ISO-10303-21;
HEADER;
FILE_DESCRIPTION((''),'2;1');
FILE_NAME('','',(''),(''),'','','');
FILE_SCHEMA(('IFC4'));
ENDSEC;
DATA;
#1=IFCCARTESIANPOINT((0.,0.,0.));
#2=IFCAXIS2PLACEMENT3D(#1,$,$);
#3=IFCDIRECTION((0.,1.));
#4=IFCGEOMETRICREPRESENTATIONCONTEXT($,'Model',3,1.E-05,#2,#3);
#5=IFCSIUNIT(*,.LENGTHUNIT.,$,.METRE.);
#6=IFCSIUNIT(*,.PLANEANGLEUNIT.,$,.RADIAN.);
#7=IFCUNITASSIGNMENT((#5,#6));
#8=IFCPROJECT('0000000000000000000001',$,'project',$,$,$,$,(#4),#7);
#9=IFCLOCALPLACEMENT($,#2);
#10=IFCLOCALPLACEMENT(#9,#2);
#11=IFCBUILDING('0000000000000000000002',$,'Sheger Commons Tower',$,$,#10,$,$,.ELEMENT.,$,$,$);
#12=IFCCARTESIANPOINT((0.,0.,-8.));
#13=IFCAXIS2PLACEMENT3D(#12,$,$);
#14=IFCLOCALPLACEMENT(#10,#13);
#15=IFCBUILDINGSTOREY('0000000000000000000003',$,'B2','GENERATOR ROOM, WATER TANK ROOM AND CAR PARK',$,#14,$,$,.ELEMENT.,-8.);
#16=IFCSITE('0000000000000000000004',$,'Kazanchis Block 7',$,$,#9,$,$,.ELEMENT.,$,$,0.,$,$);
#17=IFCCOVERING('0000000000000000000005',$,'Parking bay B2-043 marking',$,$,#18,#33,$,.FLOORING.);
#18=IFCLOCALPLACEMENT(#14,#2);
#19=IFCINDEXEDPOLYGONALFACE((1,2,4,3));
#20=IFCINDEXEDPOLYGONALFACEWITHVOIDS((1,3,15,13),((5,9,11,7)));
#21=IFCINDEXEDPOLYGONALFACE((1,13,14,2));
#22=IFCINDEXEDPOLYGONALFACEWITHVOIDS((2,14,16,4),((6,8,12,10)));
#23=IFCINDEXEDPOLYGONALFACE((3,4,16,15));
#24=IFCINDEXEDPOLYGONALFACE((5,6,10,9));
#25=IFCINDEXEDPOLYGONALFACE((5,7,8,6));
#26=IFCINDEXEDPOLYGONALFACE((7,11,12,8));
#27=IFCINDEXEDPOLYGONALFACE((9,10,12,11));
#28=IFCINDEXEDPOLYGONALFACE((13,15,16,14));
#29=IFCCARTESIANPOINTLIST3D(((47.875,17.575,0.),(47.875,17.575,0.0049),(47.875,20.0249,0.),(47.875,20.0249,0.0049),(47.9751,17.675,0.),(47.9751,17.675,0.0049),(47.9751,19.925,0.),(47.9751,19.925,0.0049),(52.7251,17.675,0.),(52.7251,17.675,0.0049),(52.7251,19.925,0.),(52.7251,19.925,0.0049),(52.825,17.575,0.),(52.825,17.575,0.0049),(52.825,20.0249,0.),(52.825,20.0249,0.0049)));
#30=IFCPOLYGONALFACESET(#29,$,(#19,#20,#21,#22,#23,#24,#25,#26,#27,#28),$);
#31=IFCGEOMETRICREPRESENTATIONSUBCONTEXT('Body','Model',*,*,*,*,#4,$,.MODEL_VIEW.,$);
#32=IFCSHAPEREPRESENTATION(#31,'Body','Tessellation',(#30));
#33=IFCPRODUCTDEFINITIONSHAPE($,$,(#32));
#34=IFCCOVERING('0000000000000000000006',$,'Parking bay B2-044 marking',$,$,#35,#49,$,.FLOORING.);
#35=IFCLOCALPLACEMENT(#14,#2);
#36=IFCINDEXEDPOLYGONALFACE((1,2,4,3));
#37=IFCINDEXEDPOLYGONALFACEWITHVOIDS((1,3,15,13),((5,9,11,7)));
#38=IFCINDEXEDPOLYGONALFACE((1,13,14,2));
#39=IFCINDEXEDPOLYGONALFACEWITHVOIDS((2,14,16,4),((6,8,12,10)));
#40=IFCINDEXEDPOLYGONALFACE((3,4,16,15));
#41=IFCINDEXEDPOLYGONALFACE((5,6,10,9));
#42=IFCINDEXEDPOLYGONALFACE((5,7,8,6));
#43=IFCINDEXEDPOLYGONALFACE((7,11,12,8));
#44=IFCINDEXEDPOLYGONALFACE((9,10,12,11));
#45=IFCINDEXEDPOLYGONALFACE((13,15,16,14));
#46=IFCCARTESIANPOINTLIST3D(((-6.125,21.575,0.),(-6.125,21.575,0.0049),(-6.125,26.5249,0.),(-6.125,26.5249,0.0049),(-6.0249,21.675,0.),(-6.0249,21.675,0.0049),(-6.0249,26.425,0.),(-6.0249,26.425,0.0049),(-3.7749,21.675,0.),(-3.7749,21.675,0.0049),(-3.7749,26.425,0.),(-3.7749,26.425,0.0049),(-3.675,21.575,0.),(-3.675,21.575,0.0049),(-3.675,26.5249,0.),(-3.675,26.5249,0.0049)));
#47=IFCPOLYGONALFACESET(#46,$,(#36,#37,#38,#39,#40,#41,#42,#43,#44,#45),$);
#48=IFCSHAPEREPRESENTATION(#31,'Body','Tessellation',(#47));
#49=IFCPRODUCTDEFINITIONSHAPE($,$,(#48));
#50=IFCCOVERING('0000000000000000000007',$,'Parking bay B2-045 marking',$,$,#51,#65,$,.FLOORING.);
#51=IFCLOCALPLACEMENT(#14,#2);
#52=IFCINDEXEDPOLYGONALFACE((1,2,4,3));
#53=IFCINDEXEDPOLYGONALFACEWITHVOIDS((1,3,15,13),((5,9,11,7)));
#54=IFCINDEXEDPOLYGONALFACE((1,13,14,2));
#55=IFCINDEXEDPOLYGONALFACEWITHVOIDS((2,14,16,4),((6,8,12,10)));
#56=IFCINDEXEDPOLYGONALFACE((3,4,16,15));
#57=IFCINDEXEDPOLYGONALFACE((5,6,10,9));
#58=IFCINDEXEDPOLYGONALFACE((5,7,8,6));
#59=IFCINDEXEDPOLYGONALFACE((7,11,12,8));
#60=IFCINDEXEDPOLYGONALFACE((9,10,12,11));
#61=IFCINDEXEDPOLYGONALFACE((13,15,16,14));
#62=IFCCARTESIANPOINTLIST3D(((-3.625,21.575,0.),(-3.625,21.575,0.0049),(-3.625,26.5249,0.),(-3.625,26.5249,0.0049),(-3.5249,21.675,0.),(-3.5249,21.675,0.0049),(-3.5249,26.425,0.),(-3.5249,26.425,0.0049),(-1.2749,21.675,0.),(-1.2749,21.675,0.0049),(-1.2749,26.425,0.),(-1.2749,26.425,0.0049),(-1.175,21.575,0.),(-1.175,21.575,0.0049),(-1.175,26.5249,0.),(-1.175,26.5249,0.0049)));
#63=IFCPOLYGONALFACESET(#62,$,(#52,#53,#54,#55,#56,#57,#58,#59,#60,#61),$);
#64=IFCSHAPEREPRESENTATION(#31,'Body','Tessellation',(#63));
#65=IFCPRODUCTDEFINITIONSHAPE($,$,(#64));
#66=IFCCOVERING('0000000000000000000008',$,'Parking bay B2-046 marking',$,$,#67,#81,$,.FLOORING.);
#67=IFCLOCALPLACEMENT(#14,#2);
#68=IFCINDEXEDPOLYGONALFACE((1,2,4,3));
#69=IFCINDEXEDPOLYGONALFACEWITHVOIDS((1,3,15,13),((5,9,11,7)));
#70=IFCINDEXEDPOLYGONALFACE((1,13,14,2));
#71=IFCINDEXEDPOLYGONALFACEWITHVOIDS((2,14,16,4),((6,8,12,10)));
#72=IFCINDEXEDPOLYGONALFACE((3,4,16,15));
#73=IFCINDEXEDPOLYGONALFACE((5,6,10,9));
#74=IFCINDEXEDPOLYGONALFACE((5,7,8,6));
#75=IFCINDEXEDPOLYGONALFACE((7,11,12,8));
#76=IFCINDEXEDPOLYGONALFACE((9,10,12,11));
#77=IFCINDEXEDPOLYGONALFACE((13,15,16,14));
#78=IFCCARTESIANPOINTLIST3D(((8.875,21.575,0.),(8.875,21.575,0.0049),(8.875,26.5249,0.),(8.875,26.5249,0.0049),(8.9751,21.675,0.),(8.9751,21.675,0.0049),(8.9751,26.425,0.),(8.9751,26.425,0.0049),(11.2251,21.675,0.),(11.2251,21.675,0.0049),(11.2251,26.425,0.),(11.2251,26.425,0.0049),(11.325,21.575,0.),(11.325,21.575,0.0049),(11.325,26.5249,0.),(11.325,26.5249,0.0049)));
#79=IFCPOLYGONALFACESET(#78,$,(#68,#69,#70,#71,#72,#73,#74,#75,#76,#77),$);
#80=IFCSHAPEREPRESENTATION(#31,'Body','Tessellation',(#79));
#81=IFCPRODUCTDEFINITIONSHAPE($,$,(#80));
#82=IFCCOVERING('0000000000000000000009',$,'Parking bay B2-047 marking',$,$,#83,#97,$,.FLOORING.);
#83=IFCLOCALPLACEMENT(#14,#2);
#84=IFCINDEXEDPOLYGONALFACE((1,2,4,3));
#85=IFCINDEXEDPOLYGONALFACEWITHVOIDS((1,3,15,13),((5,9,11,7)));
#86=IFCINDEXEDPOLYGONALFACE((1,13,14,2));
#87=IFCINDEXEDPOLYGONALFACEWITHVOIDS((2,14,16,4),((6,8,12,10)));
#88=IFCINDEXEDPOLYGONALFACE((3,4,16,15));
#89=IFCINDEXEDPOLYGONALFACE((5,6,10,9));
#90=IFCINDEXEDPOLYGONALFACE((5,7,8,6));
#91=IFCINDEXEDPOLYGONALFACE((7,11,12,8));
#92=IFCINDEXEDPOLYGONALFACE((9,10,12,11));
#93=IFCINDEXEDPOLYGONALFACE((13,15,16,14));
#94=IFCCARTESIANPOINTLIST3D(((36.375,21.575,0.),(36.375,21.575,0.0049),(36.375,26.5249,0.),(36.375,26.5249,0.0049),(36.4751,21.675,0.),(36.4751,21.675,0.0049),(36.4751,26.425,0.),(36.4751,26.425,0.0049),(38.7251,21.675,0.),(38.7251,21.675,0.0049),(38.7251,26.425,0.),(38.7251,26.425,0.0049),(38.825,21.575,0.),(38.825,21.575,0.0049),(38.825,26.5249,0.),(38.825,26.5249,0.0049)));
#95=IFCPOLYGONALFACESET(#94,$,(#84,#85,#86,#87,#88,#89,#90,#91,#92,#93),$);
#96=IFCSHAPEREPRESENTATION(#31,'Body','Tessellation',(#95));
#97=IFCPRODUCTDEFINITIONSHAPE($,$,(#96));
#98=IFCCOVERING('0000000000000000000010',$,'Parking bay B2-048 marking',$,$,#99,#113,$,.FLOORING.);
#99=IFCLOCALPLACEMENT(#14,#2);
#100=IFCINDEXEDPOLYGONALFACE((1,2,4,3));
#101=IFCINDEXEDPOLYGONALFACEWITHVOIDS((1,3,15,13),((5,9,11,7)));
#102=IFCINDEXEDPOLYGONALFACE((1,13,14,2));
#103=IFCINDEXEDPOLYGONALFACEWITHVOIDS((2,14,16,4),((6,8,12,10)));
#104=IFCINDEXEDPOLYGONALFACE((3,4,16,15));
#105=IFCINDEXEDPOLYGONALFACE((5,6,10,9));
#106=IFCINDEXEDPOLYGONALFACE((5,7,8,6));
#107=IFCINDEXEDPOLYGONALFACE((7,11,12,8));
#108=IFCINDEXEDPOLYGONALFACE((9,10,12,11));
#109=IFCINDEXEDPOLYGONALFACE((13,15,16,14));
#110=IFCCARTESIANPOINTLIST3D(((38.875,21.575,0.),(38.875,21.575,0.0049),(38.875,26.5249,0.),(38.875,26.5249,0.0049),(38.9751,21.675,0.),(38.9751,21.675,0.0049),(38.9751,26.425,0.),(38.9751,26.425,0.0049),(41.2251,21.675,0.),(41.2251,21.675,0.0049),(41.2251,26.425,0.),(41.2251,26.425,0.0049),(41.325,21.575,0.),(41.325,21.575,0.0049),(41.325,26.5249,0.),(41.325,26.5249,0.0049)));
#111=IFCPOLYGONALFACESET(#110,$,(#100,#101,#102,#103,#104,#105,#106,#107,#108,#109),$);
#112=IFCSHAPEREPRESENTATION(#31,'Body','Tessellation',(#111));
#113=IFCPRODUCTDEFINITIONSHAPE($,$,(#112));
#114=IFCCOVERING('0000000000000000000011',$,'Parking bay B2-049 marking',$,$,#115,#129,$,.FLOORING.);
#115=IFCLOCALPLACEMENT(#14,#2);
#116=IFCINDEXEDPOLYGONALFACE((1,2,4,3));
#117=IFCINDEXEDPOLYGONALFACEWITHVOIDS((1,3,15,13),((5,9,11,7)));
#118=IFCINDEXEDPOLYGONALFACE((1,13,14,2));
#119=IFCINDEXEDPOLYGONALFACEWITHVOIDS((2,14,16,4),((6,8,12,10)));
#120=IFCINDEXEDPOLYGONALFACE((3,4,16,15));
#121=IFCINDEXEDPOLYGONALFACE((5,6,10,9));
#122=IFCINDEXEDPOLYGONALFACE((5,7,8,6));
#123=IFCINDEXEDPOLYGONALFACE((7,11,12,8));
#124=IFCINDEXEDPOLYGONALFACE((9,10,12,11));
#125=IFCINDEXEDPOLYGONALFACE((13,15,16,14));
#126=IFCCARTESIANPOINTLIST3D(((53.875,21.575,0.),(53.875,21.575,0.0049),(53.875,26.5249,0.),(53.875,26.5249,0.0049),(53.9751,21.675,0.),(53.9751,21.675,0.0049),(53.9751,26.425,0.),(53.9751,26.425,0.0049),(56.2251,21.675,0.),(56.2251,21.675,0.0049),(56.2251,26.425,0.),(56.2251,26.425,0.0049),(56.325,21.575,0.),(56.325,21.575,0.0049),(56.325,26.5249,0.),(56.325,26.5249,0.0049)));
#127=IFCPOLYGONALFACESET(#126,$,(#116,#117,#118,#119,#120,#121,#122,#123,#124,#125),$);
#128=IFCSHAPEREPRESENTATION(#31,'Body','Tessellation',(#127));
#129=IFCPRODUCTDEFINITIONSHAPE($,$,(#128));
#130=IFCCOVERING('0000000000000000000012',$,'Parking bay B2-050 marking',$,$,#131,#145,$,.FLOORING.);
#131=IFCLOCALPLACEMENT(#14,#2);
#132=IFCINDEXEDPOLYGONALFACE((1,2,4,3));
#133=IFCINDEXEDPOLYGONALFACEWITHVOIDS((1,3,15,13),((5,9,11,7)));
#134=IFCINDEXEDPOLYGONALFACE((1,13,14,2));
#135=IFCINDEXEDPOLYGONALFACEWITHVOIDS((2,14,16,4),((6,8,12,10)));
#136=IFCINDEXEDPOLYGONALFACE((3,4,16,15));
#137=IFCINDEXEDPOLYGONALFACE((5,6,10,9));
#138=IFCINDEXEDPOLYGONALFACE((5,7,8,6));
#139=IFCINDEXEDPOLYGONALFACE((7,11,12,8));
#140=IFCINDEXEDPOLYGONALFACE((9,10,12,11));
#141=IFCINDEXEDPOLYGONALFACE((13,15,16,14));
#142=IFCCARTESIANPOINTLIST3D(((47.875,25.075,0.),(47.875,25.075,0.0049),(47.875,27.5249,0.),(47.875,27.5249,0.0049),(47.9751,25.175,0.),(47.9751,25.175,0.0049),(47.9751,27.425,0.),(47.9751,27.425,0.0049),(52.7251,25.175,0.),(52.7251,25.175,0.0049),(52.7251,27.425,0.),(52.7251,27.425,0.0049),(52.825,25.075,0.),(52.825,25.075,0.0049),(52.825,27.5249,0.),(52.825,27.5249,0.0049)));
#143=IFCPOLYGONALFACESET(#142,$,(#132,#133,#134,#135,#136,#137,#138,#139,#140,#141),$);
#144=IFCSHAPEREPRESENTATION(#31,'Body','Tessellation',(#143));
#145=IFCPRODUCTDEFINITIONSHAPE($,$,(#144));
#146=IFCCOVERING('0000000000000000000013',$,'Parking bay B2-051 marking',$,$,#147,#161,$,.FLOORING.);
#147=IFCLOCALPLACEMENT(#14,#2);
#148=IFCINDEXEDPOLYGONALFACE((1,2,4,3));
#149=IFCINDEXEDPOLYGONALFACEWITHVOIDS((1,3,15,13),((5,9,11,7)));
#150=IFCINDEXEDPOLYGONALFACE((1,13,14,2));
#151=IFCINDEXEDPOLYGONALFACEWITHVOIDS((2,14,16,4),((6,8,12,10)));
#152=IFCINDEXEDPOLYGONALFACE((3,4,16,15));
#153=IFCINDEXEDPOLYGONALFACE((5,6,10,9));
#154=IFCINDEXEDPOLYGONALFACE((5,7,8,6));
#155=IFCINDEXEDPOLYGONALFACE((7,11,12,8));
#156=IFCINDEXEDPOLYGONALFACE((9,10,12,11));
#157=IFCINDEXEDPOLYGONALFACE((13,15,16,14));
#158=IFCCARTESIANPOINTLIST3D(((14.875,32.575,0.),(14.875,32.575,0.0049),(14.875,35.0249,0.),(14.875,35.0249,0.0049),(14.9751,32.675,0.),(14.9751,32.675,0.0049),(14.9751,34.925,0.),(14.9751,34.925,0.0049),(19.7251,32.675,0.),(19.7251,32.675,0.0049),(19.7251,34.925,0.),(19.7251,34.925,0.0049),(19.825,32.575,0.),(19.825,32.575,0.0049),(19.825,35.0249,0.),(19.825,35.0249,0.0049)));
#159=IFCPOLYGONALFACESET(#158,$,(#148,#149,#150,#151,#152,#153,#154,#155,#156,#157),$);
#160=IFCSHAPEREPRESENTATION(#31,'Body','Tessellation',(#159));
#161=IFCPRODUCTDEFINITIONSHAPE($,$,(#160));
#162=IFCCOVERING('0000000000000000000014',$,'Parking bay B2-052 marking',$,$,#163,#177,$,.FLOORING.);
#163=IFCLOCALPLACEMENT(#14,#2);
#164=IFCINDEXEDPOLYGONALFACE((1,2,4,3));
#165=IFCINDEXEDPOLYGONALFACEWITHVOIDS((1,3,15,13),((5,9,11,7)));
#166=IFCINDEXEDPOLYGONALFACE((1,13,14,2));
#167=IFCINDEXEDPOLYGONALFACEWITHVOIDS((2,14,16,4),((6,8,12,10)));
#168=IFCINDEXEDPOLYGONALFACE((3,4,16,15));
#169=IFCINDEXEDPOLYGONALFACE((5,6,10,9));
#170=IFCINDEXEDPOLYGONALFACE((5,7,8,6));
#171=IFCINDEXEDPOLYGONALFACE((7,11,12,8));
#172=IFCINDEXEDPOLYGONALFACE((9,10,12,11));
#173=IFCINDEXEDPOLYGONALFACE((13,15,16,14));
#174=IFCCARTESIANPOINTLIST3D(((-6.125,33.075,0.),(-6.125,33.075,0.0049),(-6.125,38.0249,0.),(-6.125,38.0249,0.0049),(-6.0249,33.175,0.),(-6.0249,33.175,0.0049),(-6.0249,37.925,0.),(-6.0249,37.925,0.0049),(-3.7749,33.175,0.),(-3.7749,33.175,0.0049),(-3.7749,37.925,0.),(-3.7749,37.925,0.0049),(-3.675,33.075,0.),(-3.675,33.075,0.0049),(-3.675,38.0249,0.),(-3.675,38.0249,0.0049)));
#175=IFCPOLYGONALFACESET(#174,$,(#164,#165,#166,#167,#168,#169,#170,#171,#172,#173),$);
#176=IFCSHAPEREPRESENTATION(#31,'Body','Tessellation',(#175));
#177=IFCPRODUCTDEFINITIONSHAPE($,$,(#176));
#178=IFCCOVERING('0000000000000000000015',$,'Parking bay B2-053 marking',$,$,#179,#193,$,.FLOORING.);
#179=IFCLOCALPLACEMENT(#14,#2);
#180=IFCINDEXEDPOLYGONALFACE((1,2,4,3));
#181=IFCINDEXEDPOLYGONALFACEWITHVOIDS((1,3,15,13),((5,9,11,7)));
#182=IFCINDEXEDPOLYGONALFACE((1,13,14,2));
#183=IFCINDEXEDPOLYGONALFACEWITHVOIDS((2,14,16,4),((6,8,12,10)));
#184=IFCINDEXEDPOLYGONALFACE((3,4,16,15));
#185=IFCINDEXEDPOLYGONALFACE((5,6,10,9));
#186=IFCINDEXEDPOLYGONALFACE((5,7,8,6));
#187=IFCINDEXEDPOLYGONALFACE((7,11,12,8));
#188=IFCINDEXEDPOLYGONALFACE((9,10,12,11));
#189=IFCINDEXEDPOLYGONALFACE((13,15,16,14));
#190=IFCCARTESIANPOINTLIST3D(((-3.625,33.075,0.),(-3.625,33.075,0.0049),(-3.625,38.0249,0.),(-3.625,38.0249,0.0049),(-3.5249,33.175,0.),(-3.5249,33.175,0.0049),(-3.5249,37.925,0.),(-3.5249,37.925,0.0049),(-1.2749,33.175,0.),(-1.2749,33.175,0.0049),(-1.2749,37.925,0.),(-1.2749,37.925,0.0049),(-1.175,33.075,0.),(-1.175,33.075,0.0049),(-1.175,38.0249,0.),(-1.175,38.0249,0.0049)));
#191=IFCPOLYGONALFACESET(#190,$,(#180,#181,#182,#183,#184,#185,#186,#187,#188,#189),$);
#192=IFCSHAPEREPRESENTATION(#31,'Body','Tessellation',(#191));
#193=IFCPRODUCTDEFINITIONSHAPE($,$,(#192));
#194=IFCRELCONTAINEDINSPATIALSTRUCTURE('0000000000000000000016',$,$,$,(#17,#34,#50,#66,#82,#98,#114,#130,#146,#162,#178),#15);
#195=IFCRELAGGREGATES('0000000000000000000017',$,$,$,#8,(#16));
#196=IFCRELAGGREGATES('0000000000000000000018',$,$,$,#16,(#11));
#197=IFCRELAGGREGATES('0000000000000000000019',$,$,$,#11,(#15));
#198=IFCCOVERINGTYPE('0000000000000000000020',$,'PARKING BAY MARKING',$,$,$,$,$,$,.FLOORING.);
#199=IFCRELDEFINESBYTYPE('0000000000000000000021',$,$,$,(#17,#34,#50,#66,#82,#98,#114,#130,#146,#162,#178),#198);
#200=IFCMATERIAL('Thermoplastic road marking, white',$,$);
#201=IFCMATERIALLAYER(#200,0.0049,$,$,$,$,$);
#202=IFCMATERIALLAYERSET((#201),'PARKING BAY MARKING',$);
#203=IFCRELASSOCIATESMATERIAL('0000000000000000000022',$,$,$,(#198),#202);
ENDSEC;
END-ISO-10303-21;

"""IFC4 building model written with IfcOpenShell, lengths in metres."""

from ifc_helpers import new_model, si_unit, direction, frame, origin, place, context, subcontext, project, spatial, polyline, outline, extrude, material, layer, layer_set, type_object, element, save


model = new_model("IFC4")

# Units and contexts
model_context = context("Model", 3, precision=1e-05, world=origin(), true_north=direction((0.0, 1.0)))
body_context = subcontext(model_context, "Body", "Model", "MODEL_VIEW")
ifc_project = project(units=[si_unit("LENGTHUNIT", "METRE"), si_unit("PLANEANGLEUNIT", "RADIAN")], contexts=[model_context])

# Site, building, storey
site_placement = place(None, origin())
site = spatial("IfcSite", under=ifc_project, at=site_placement, Name="Kazanchis Block 7", CompositionType="ELEMENT", RefElevation=0.0)
building_placement = place(site_placement, origin())
building = spatial("IfcBuilding", under=site, at=building_placement, Name="Sheger Commons Tower", CompositionType="ELEMENT")
storey_placement = place(building_placement, frame((0.0, 0.0, -8.0)))
storey = spatial("IfcBuildingStorey", under=building, at=storey_placement, Name="B2", Description="GENERATOR ROOM, WATER TANK ROOM AND CAR PARK", CompositionType="ELEMENT", Elevation=-8.0)

# Coverings
ifc_material = material(Name="Thermoplastic road marking, white")
ifc_layer = layer(ifc_material, 0.0049)
ifc_layer_set = layer_set([ifc_layer], Name="PARKING BAY MARKING")
covering_type = type_object("IfcCoveringType", Name="PARKING BAY MARKING", PredefinedType="FLOORING", material=ifc_layer_set)
covering_1_placement = place(storey_placement, origin())
element("IfcCovering", 1, at=covering_1_placement, inside=storey, type_object=covering_type, Name="Parking bay B2-043 marking", PredefinedType="FLOORING", context=body_context, shape_type="SweptSolid", body=[
    extrude(outline(polyline([(47.875, 17.575), (52.825, 17.575), (52.825, 20.0249), (47.875, 20.0249), (47.875, 17.575)]), holes=[polyline([(52.7251, 19.925), (52.7251, 17.675), (47.9751, 17.675), (47.9751, 19.925), (52.7251, 19.925)])]), origin(), (0.0, 0.0, 1.0), 0.0049),
])
covering_2_placement = place(storey_placement, origin())
element("IfcCovering", 2, at=covering_2_placement, inside=storey, type_object=covering_type, Name="Parking bay B2-044 marking", PredefinedType="FLOORING", context=body_context, shape_type="SweptSolid", body=[
    extrude(outline(polyline([(-6.125, 21.575), (-3.675, 21.575), (-3.675, 26.5249), (-6.125, 26.5249), (-6.125, 21.575)]), holes=[polyline([(-3.7749, 26.425), (-3.7749, 21.675), (-6.0249, 21.675), (-6.0249, 26.425), (-3.7749, 26.425)])]), origin(), (0.0, 0.0, 1.0), 0.0049),
])
covering_3_placement = place(storey_placement, origin())
element("IfcCovering", 3, at=covering_3_placement, inside=storey, type_object=covering_type, Name="Parking bay B2-045 marking", PredefinedType="FLOORING", context=body_context, shape_type="SweptSolid", body=[
    extrude(outline(polyline([(-3.625, 21.575), (-1.175, 21.575), (-1.175, 26.5249), (-3.625, 26.5249), (-3.625, 21.575)]), holes=[polyline([(-1.2749, 26.425), (-1.2749, 21.675), (-3.5249, 21.675), (-3.5249, 26.425), (-1.2749, 26.425)])]), origin(), (0.0, 0.0, 1.0), 0.0049),
])
covering_4_placement = place(storey_placement, origin())
element("IfcCovering", 4, at=covering_4_placement, inside=storey, type_object=covering_type, Name="Parking bay B2-046 marking", PredefinedType="FLOORING", context=body_context, shape_type="SweptSolid", body=[
    extrude(outline(polyline([(8.875, 21.575), (11.325, 21.575), (11.325, 26.5249), (8.875, 26.5249), (8.875, 21.575)]), holes=[polyline([(11.2251, 26.425), (11.2251, 21.675), (8.9751, 21.675), (8.9751, 26.425), (11.2251, 26.425)])]), origin(), (0.0, 0.0, 1.0), 0.0049),
])
covering_5_placement = place(storey_placement, origin())
element("IfcCovering", 5, at=covering_5_placement, inside=storey, type_object=covering_type, Name="Parking bay B2-047 marking", PredefinedType="FLOORING", context=body_context, shape_type="SweptSolid", body=[
    extrude(outline(polyline([(36.375, 21.575), (38.825, 21.575), (38.825, 26.5249), (36.375, 26.5249), (36.375, 21.575)]), holes=[polyline([(38.7251, 26.425), (38.7251, 21.675), (36.4751, 21.675), (36.4751, 26.425), (38.7251, 26.425)])]), origin(), (0.0, 0.0, 1.0), 0.0049),
])
covering_6_placement = place(storey_placement, origin())
element("IfcCovering", 6, at=covering_6_placement, inside=storey, type_object=covering_type, Name="Parking bay B2-048 marking", PredefinedType="FLOORING", context=body_context, shape_type="SweptSolid", body=[
    extrude(outline(polyline([(38.875, 21.575), (41.325, 21.575), (41.325, 26.5249), (38.875, 26.5249), (38.875, 21.575)]), holes=[polyline([(41.2251, 26.425), (41.2251, 21.675), (38.9751, 21.675), (38.9751, 26.425), (41.2251, 26.425)])]), origin(), (0.0, 0.0, 1.0), 0.0049),
])
covering_7_placement = place(storey_placement, origin())
element("IfcCovering", 7, at=covering_7_placement, inside=storey, type_object=covering_type, Name="Parking bay B2-049 marking", PredefinedType="FLOORING", context=body_context, shape_type="SweptSolid", body=[
    extrude(outline(polyline([(53.875, 21.575), (56.325, 21.575), (56.325, 26.5249), (53.875, 26.5249), (53.875, 21.575)]), holes=[polyline([(56.2251, 26.425), (56.2251, 21.675), (53.9751, 21.675), (53.9751, 26.425), (56.2251, 26.425)])]), origin(), (0.0, 0.0, 1.0), 0.0049),
])
covering_8_placement = place(storey_placement, origin())
element("IfcCovering", 8, at=covering_8_placement, inside=storey, type_object=covering_type, Name="Parking bay B2-050 marking", PredefinedType="FLOORING", context=body_context, shape_type="SweptSolid", body=[
    extrude(outline(polyline([(47.875, 25.075), (52.825, 25.075), (52.825, 27.5249), (47.875, 27.5249), (47.875, 25.075)]), holes=[polyline([(52.7251, 27.425), (52.7251, 25.175), (47.9751, 25.175), (47.9751, 27.425), (52.7251, 27.425)])]), origin(), (0.0, 0.0, 1.0), 0.0049),
])
covering_9_placement = place(storey_placement, origin())
element("IfcCovering", 9, at=covering_9_placement, inside=storey, type_object=covering_type, Name="Parking bay B2-051 marking", PredefinedType="FLOORING", context=body_context, shape_type="SweptSolid", body=[
    extrude(outline(polyline([(14.875, 32.575), (19.825, 32.575), (19.825, 35.0249), (14.875, 35.0249), (14.875, 32.575)]), holes=[polyline([(19.7251, 34.925), (19.7251, 32.675), (14.9751, 32.675), (14.9751, 34.925), (19.7251, 34.925)])]), origin(), (0.0, 0.0, 1.0), 0.0049),
])
covering_10_placement = place(storey_placement, origin())
element("IfcCovering", 10, at=covering_10_placement, inside=storey, type_object=covering_type, Name="Parking bay B2-052 marking", PredefinedType="FLOORING", context=body_context, shape_type="SweptSolid", body=[
    extrude(outline(polyline([(-6.125, 33.075), (-3.675, 33.075), (-3.675, 38.0249), (-6.125, 38.0249), (-6.125, 33.075)]), holes=[polyline([(-3.7749, 37.925), (-3.7749, 33.175), (-6.0249, 33.175), (-6.0249, 37.925), (-3.7749, 37.925)])]), origin(), (0.0, 0.0, 1.0), 0.0049),
])
covering_11_placement = place(storey_placement, origin())
element("IfcCovering", 11, at=covering_11_placement, inside=storey, type_object=covering_type, Name="Parking bay B2-053 marking", PredefinedType="FLOORING", context=body_context, shape_type="SweptSolid", body=[
    extrude(outline(polyline([(-3.625, 33.075), (-1.175, 33.075), (-1.175, 38.0249), (-3.625, 38.0249), (-3.625, 33.075)]), holes=[polyline([(-1.2749, 37.925), (-1.2749, 33.175), (-3.5249, 33.175), (-3.5249, 37.925), (-1.2749, 37.925)])]), origin(), (0.0, 0.0, 1.0), 0.0049),
])

save(model, "model.ifc")
